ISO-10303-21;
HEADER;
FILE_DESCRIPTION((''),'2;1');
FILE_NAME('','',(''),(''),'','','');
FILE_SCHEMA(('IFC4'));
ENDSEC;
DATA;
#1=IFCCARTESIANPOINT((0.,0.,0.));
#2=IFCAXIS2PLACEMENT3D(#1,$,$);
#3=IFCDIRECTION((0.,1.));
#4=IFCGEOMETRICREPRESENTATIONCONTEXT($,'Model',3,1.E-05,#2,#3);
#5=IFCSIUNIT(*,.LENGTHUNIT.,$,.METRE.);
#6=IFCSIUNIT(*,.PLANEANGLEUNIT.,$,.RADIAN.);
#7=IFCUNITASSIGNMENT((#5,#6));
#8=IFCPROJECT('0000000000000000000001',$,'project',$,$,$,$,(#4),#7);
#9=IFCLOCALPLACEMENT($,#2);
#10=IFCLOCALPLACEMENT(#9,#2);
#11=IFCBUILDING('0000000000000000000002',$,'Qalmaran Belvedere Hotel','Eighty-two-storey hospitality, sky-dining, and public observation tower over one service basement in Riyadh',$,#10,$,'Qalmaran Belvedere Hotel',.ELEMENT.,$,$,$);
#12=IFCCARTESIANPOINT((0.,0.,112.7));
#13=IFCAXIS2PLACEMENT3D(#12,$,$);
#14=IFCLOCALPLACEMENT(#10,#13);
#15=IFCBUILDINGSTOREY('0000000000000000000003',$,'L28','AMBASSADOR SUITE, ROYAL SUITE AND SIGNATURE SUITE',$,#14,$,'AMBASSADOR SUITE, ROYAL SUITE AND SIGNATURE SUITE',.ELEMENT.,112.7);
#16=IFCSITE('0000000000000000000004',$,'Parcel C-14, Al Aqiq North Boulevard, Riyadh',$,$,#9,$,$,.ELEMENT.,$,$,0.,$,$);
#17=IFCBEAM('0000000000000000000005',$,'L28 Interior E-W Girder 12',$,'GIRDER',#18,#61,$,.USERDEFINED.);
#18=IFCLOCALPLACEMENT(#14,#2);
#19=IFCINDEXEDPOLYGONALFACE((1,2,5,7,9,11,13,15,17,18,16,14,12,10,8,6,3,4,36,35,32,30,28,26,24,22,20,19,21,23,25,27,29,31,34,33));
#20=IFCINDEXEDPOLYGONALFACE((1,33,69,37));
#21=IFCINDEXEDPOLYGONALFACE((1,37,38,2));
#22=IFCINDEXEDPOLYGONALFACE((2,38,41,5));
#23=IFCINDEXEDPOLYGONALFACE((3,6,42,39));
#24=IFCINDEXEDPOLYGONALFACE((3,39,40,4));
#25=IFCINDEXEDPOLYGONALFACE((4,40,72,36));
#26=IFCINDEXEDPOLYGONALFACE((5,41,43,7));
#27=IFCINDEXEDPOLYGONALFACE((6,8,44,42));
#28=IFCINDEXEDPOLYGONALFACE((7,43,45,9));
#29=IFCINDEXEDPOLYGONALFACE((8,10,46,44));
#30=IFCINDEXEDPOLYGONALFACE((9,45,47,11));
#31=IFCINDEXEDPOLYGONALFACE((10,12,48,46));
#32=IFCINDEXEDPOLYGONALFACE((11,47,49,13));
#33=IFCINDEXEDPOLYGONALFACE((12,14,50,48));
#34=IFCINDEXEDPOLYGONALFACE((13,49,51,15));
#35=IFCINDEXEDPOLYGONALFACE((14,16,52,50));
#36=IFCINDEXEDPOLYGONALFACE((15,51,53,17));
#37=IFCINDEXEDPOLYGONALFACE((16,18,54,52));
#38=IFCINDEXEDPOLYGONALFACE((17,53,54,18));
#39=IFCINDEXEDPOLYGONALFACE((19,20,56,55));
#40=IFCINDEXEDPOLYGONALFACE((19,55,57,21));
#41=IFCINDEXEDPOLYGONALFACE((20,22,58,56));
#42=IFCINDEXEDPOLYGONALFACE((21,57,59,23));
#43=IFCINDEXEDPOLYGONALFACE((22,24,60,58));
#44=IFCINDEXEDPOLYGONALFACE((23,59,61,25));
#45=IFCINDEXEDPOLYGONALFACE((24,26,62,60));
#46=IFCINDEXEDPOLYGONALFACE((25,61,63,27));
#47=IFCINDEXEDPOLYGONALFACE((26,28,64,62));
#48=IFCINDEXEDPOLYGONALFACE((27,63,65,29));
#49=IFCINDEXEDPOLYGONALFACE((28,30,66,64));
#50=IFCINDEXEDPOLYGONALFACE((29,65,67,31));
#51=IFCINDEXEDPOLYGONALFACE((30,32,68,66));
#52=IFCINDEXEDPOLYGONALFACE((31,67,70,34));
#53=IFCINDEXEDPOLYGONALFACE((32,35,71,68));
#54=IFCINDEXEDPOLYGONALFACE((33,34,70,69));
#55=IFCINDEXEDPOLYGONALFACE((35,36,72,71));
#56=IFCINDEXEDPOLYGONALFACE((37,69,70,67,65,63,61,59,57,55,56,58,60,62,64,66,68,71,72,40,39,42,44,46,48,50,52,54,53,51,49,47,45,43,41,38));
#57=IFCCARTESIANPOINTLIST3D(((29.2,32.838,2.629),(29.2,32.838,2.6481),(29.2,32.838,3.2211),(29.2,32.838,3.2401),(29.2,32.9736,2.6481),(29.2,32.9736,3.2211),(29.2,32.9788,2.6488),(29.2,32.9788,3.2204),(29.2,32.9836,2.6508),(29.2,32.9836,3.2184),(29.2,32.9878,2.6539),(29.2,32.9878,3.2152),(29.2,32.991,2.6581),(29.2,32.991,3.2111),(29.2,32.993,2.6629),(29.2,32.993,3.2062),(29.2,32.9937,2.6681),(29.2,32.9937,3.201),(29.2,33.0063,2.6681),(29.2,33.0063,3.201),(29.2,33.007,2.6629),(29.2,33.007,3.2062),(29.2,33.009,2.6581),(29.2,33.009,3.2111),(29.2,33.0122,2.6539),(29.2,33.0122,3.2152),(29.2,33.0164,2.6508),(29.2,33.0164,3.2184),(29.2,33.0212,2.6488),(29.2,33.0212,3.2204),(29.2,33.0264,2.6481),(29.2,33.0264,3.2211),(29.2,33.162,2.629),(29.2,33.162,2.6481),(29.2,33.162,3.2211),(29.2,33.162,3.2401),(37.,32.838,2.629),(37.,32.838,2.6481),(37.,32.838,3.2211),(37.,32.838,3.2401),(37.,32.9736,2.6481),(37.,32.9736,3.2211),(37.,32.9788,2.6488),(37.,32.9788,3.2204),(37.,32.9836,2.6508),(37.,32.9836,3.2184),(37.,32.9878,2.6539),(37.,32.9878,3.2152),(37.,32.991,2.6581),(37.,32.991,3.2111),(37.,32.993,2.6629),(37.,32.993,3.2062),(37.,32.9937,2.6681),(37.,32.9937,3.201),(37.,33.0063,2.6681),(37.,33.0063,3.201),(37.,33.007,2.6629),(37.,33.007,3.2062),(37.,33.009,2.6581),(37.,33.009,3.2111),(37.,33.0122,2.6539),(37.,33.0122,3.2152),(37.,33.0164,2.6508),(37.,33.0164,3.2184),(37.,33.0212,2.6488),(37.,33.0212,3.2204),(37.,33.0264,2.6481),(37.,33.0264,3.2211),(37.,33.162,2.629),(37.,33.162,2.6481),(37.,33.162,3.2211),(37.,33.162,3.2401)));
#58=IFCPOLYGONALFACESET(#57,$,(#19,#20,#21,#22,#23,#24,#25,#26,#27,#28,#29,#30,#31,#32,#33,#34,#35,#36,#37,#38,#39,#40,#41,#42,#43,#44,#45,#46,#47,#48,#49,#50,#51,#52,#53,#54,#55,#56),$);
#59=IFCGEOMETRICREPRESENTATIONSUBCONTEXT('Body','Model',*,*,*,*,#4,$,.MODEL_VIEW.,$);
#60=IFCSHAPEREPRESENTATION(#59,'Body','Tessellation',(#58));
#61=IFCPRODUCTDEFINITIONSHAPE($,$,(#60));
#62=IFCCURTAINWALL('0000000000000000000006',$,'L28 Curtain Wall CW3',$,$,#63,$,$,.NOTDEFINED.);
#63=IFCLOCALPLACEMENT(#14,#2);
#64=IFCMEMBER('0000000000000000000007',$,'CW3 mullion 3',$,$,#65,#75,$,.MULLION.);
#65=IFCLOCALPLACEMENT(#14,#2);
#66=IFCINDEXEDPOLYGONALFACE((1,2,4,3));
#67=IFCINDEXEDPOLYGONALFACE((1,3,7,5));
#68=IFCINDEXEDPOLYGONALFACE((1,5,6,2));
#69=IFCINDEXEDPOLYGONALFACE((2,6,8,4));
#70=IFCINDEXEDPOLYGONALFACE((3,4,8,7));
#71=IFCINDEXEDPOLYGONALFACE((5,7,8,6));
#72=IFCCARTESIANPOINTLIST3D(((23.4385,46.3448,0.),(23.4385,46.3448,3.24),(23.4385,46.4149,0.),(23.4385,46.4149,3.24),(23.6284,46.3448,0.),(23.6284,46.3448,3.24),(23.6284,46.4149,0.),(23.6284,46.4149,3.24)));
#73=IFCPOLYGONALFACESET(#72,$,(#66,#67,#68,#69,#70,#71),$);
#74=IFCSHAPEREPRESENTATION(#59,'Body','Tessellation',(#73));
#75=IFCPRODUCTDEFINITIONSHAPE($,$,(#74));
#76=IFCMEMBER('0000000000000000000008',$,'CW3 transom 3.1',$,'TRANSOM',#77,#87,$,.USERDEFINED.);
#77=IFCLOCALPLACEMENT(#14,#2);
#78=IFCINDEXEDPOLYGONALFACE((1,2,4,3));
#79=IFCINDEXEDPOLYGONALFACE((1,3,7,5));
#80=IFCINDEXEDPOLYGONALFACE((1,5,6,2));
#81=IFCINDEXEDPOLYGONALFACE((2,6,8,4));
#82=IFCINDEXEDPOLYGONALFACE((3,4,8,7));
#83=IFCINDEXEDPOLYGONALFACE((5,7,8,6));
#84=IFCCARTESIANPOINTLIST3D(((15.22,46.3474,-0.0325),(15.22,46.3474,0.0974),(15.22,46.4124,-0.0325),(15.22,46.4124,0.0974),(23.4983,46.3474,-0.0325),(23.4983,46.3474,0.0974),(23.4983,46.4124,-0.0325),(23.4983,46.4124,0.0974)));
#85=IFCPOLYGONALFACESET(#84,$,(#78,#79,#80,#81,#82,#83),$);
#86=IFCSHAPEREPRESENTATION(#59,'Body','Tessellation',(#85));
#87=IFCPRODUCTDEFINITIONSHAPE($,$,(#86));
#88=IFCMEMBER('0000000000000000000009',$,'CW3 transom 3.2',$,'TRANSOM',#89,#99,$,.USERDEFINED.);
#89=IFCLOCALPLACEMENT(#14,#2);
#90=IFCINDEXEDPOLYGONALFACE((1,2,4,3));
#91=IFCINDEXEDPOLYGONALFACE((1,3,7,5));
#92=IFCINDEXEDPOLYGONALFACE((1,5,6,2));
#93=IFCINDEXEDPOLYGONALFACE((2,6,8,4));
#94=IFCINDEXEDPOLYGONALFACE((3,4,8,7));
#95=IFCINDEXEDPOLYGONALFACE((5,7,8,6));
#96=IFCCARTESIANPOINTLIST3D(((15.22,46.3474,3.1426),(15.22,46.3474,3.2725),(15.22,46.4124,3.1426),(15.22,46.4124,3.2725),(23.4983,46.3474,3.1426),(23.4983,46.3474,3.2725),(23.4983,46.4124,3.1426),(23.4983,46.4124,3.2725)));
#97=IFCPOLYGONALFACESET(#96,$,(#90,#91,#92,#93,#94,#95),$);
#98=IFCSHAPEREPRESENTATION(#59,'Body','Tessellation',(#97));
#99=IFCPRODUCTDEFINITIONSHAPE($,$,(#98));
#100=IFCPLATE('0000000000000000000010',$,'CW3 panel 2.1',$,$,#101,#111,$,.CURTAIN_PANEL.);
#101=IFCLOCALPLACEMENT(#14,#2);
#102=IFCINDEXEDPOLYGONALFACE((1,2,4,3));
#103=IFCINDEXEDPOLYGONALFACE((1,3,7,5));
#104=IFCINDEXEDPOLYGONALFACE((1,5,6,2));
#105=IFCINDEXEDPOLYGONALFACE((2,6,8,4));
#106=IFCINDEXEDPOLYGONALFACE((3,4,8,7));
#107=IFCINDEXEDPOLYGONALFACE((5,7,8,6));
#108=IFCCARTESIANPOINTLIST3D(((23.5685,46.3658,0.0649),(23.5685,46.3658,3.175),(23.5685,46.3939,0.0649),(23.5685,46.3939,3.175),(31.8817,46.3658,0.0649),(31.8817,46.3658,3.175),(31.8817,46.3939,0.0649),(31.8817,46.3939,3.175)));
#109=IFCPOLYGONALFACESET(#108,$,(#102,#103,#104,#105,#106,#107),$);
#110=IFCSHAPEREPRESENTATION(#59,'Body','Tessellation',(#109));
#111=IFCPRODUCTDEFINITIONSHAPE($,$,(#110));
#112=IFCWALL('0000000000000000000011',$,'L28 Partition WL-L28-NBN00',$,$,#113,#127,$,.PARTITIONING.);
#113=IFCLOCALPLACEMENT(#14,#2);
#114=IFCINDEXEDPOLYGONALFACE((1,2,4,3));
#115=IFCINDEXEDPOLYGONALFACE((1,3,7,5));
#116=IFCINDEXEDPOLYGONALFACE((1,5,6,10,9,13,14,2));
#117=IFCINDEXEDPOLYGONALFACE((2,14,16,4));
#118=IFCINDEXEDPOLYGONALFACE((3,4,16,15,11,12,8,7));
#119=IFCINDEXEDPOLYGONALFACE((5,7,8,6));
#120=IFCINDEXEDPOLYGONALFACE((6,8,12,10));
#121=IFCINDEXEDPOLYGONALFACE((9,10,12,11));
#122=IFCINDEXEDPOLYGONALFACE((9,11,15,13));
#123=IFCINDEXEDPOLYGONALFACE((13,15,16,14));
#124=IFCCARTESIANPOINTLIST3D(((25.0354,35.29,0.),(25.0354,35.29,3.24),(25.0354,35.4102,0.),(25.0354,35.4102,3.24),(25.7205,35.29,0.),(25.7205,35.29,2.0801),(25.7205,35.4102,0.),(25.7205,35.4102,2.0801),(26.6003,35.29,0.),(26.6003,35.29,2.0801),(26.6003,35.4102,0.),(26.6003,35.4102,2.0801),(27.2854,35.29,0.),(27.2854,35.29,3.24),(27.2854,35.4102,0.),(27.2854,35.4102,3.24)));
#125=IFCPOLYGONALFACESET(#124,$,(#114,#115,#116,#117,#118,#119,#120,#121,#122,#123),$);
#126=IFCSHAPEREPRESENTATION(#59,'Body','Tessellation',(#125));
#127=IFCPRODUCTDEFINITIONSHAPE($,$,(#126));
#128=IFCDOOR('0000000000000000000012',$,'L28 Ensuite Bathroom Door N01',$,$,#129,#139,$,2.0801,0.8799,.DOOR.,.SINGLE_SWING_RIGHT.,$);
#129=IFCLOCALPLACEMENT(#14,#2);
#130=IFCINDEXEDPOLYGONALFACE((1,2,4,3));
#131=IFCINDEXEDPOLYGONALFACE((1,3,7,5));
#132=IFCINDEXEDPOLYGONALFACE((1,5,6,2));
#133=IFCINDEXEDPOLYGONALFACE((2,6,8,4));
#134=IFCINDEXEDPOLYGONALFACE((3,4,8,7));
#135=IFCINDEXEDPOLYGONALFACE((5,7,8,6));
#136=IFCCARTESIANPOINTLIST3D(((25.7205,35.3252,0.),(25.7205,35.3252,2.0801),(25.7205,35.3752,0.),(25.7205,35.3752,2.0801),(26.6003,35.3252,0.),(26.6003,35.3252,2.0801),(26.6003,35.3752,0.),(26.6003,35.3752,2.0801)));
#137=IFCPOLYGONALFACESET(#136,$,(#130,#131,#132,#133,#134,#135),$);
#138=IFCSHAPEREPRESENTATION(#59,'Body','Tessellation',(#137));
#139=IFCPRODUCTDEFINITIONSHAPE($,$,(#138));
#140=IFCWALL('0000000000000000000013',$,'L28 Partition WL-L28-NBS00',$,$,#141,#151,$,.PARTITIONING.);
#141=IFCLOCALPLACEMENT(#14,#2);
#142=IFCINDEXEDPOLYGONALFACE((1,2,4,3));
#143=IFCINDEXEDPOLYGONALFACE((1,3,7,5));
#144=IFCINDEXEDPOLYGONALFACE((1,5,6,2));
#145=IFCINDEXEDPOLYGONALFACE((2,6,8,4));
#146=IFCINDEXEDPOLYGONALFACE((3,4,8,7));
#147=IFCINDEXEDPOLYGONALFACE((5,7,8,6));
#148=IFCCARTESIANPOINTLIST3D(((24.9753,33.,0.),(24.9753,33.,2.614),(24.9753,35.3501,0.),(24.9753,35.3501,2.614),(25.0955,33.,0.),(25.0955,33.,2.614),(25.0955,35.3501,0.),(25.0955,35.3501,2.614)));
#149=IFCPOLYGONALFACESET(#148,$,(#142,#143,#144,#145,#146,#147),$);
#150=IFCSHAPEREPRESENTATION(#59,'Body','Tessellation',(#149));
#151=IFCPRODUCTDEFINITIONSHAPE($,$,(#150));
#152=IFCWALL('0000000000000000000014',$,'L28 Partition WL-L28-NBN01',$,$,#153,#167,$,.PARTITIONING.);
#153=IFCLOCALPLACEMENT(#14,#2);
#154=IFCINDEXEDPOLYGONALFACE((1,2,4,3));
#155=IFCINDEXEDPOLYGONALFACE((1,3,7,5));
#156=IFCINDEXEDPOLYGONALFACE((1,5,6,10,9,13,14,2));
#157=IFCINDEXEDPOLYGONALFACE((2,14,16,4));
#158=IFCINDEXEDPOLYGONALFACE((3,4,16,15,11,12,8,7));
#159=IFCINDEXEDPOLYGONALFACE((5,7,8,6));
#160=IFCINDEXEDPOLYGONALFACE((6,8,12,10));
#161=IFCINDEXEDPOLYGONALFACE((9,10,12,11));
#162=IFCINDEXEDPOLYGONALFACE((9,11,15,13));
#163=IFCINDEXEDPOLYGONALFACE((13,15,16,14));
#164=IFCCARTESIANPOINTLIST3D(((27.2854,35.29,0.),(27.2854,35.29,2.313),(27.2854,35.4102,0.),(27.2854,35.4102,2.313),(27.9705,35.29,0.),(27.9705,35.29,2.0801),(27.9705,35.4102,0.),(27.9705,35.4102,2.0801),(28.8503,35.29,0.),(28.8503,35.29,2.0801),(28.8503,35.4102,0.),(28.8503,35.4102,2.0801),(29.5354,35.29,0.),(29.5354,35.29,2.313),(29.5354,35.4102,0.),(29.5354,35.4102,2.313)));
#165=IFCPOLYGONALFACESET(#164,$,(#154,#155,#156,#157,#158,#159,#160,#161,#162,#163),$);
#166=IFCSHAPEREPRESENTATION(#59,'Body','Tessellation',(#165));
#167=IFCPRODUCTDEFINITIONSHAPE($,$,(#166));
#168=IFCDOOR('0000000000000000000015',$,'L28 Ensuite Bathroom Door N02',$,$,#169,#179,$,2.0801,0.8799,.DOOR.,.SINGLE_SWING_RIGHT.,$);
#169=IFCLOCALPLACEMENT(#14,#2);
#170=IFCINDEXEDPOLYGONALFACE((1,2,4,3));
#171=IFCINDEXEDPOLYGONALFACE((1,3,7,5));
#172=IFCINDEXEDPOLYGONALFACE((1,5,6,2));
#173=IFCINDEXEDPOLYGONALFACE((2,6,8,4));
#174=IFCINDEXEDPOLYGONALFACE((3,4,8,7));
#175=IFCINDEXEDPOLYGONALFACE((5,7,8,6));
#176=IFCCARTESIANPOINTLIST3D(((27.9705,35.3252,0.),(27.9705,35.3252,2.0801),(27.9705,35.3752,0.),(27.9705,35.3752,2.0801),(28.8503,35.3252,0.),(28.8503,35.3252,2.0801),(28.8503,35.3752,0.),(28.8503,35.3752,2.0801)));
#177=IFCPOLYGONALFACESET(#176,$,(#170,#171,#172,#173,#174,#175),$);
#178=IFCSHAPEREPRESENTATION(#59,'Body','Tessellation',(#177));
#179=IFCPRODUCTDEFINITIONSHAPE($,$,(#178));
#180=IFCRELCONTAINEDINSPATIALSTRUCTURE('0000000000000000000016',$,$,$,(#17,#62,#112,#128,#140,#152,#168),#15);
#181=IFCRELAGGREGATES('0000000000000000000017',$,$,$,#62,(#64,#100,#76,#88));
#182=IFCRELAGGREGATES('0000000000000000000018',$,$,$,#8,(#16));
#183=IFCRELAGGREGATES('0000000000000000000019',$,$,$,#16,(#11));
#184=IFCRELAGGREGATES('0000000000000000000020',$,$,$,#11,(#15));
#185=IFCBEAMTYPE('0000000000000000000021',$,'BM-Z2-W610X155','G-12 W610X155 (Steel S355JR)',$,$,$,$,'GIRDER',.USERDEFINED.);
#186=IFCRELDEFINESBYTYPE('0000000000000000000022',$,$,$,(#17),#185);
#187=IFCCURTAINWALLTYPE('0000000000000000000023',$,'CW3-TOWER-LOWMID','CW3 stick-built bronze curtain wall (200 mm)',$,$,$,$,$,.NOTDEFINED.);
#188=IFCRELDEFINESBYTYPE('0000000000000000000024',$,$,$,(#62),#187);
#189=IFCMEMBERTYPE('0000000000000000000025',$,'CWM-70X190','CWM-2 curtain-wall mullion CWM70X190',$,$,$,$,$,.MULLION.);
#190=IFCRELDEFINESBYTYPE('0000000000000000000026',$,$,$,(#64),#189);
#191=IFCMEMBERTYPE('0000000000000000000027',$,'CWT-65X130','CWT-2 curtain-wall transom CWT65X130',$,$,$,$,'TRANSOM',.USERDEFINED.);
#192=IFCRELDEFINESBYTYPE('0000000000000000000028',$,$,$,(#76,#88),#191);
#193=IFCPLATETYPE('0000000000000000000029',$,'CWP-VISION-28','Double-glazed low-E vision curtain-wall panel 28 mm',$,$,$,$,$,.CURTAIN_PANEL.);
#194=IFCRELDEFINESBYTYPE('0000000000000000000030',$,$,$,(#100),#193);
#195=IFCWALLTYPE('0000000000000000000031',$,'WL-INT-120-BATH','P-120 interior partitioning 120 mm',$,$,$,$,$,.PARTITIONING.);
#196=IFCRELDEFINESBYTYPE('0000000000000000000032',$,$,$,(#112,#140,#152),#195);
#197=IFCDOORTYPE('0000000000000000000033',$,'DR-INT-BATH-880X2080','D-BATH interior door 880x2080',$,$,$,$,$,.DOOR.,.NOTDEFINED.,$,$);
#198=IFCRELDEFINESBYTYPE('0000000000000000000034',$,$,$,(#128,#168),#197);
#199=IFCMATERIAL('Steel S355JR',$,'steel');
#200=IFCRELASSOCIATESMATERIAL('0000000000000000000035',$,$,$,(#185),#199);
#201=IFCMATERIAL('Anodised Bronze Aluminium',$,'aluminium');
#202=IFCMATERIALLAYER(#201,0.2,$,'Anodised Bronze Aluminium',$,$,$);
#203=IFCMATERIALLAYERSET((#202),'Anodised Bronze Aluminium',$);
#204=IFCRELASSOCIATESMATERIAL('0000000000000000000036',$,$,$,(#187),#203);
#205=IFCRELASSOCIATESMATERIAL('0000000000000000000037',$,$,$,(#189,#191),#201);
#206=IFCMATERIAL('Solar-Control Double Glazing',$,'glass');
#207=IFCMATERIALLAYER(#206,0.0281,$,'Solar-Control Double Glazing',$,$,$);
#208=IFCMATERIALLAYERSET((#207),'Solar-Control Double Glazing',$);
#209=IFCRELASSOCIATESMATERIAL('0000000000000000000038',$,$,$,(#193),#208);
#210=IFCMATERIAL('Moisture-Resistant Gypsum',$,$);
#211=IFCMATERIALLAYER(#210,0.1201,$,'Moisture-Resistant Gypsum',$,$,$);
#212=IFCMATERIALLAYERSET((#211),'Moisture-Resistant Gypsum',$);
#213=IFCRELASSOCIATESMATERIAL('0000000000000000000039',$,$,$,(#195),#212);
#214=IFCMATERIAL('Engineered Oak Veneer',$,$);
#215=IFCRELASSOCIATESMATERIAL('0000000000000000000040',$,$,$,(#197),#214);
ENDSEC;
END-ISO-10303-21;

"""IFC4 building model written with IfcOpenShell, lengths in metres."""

from ifc_helpers import new_model, si_unit, direction, frame, frame_2d, origin, origin_2d, place, context, subcontext, project, spatial, rectangle, i_section, extrude, material, layer, layer_set, material_profile, profile_set, type_object, element, fill, aggregate, save


model = new_model("IFC4")

# Units and contexts
model_context = context("Model", 3, precision=1e-05, world=origin(), true_north=direction((0.0, 1.0)))
body_context = subcontext(model_context, "Body", "Model", "MODEL_VIEW")
ifc_project = project(units=[si_unit("LENGTHUNIT", "METRE"), si_unit("PLANEANGLEUNIT", "RADIAN")], contexts=[model_context])

# Site, building, storey
site_placement = place(None, origin())
site = spatial("IfcSite", under=ifc_project, at=site_placement, Name="Parcel C-14, Al Aqiq North Boulevard, Riyadh", CompositionType="ELEMENT", RefElevation=0.0)
building_placement = place(site_placement, origin())
building = spatial("IfcBuilding", under=site, at=building_placement, Name="Qalmaran Belvedere Hotel", Description="Eighty-two-storey hospitality, sky-dining, and public observation tower over one service basement in Riyadh", LongName="Qalmaran Belvedere Hotel", CompositionType="ELEMENT")
storey_placement = place(building_placement, frame((0.0, 0.0, 112.7)))
storey = spatial("IfcBuildingStorey", under=building, at=storey_placement, Name="L28", Description="AMBASSADOR SUITE, ROYAL SUITE AND SIGNATURE SUITE", LongName="AMBASSADOR SUITE, ROYAL SUITE AND SIGNATURE SUITE", CompositionType="ELEMENT", Elevation=112.7)

# Beam
ifc_material_1 = material(Name="Steel S355JR", Category="steel")
ifc_material_profile_1 = material_profile(ifc_material_1, i_section(OverallWidth=0.324, OverallDepth=0.6111, WebThickness=0.0127, FlangeThickness=0.019, FilletRadius=0.02, at=origin_2d()), Name="W610X155")
ifc_profile_set_1 = profile_set([ifc_material_profile_1], Name="Steel S355JR")
beam_type_1 = type_object("IfcBeamType", Name="BM-Z2-W610X155", Description="G-12 W610X155 (Steel S355JR)", ElementType="GIRDER", PredefinedType="USERDEFINED", material=ifc_profile_set_1)
beam_1_placement = place(storey_placement, frame((29.2, 33.0, 2.9346), z_axis=(1.0, 0.0, 0.0), x_axis=(0.0, 1.0, 0.0)))
element("IfcBeam", 1, at=beam_1_placement, inside=storey, type_object=beam_type_1, Name="L28 Interior E-W Girder 12", ObjectType="GIRDER", PredefinedType="USERDEFINED", context=body_context, shape_type="SweptSolid", body=[
    extrude(i_section(OverallWidth=0.324, OverallDepth=0.6111, WebThickness=0.0127, FlangeThickness=0.019, FilletRadius=0.02, at=origin_2d()), origin(), (0.0, 0.0, 1.0), 7.8),
])

# Curtain wall, members, plate
ifc_material_2 = material(Name="Anodised Bronze Aluminium", Category="aluminium")
ifc_layer_1 = layer(ifc_material_2, 0.2, Name="Anodised Bronze Aluminium")
ifc_layer_set_1 = layer_set([ifc_layer_1], Name="Anodised Bronze Aluminium")
curtain_wall_type = type_object("IfcCurtainWallType", Name="CW3-TOWER-LOWMID", Description="CW3 stick-built bronze curtain wall (200 mm)", PredefinedType="NOTDEFINED", material=ifc_layer_set_1)
curtain_wall_placement = place(storey_placement, origin())
curtain_wall = element("IfcCurtainWall", 2, at=curtain_wall_placement, inside=storey, type_object=curtain_wall_type, Name="L28 Curtain Wall CW3", PredefinedType="NOTDEFINED")
ifc_material_profile_2 = material_profile(ifc_material_2, rectangle(XDim=0.0701, YDim=0.1899, at=origin_2d()), Name="CWM70X190")
ifc_profile_set_2 = profile_set([ifc_material_profile_2], Name="Anodised Bronze Aluminium")
member_type_1 = type_object("IfcMemberType", Name="CWM-70X190", Description="CWM-2 curtain-wall mullion CWM70X190", PredefinedType="MULLION", material=ifc_profile_set_2)
member_1_placement = place(storey_placement, frame((23.5334, 46.3799, 0.0), z_axis=(0.0, 0.0, 1.0), x_axis=(0.0, -1.0, 0.0)))
member_1 = element("IfcMember", 3, at=member_1_placement, type_object=member_type_1, Name="CW3 mullion 3", PredefinedType="MULLION", context=body_context, shape_type="SweptSolid", body=[
    extrude(rectangle(XDim=0.0701, YDim=0.1899, at=origin_2d()), origin(), (0.0, 0.0, 1.0), 3.24),
])
ifc_material_profile_3 = material_profile(ifc_material_2, rectangle(XDim=0.0649, YDim=0.1299, at=origin_2d()), Name="CWT65X130")
ifc_profile_set_3 = profile_set([ifc_material_profile_3], Name="Anodised Bronze Aluminium")
member_type_2 = type_object("IfcMemberType", Name="CWT-65X130", Description="CWT-2 curtain-wall transom CWT65X130", ElementType="TRANSOM", PredefinedType="USERDEFINED", material=ifc_profile_set_3)
member_2_placement = place(storey_placement, frame((23.4983, 46.3799, 0.0325), z_axis=(-1.0, 0.0, 0.0), x_axis=(0.0, -1.0, 0.0)))
member_2 = element("IfcMember", 4, at=member_2_placement, type_object=member_type_2, Name="CW3 transom 3.1", ObjectType="TRANSOM", PredefinedType="USERDEFINED", context=body_context, shape_type="SweptSolid", body=[
    extrude(rectangle(XDim=0.0649, YDim=0.1299, at=origin_2d()), origin(), (0.0, 0.0, 1.0), 8.2783),
])
member_3_placement = place(storey_placement, frame((23.4983, 46.3799, 3.2075), z_axis=(-1.0, 0.0, 0.0), x_axis=(0.0, -1.0, 0.0)))
member_3 = element("IfcMember", 5, at=member_3_placement, type_object=member_type_2, Name="CW3 transom 3.2", ObjectType="TRANSOM", PredefinedType="USERDEFINED", context=body_context, shape_type="SweptSolid", body=[
    extrude(rectangle(XDim=0.0649, YDim=0.1299, at=origin_2d()), origin(), (0.0, 0.0, 1.0), 8.2783),
])
ifc_material_3 = material(Name="Solar-Control Double Glazing", Category="glass")
ifc_layer_2 = layer(ifc_material_3, 0.0281, Name="Solar-Control Double Glazing")
ifc_layer_set_2 = layer_set([ifc_layer_2], Name="Solar-Control Double Glazing")
plate_type = type_object("IfcPlateType", Name="CWP-VISION-28", Description="Double-glazed low-E vision curtain-wall panel 28 mm", PredefinedType="CURTAIN_PANEL", material=ifc_layer_set_2)
plate_placement = place(storey_placement, frame((27.7251, 46.3799, 0.0649), z_axis=(0.0, 0.0, 1.0), x_axis=(-1.0, 0.0, 0.0)))
plate = element("IfcPlate", 6, at=plate_placement, type_object=plate_type, Name="CW3 panel 2.1", PredefinedType="CURTAIN_PANEL", context=body_context, shape_type="SweptSolid", body=[
    extrude(rectangle(XDim=8.3132, YDim=0.0281, at=origin_2d()), origin(), (0.0, 0.0, 1.0), 3.1101),
])
aggregate(curtain_wall, [member_1, plate, member_2, member_3])

# Wall, opening, door
ifc_material_4 = material(Name="Moisture-Resistant Gypsum")
ifc_layer_3 = layer(ifc_material_4, 0.1201, Name="Moisture-Resistant Gypsum")
ifc_layer_set_3 = layer_set([ifc_layer_3], Name="Moisture-Resistant Gypsum")
wall_type_1 = type_object("IfcWallType", Name="WL-INT-120-BATH", Description="P-120 interior partitioning 120 mm", PredefinedType="PARTITIONING", material=ifc_layer_set_3)
wall_1_placement = place(storey_placement, frame((25.0354, 35.3501, 0.0), z_axis=(0.0, 0.0, 1.0), x_axis=(1.0, 0.0, 0.0)))
wall_1 = element("IfcWall", 7, at=wall_1_placement, inside=storey, type_object=wall_type_1, Name="L28 Partition WL-L28-NBN00", PredefinedType="PARTITIONING", context=body_context, shape_type="SweptSolid", body=[
    extrude(rectangle(XDim=2.25, YDim=0.1201, at=frame_2d((1.125, 0.0))), origin(), (0.0, 0.0, 1.0), 3.24),
])
opening_1_placement = place(wall_1_placement, frame((1.5649, 0.0, 0.0), z_axis=(0.0, 0.0, 1.0), x_axis=(-1.0, 0.0, 0.0)))
opening_1 = element("IfcOpeningElement", 8, at=opening_1_placement, cuts=wall_1, PredefinedType="OPENING", context=body_context, shape_type="SweptSolid", body=[
    extrude(rectangle(XDim=0.8799, YDim=2.0801, at=frame_2d((0.4399, 1.04))), frame((0.0, 0.0701, 0.0), z_axis=(0.0, -1.0, 0.0), x_axis=(1.0, 0.0, 0.0)), (0.0, 0.0, 1.0), 0.1401),
])
ifc_material_5 = material(Name="Engineered Oak Veneer")
door_type = type_object("IfcDoorType", Name="DR-INT-BATH-880X2080", Description="D-BATH interior door 880x2080", OperationType="NOTDEFINED", PredefinedType="DOOR", material=ifc_material_5)
door_1_placement = place(opening_1_placement, origin())
door_1 = element("IfcDoor", 9, at=door_1_placement, inside=storey, type_object=door_type, Name="L28 Ensuite Bathroom Door N01", OperationType="SINGLE_SWING_RIGHT", OverallHeight=2.0801, OverallWidth=0.8799, PredefinedType="DOOR", context=body_context, shape_type="SweptSolid", body=[
    extrude(rectangle(XDim=0.8799, YDim=2.0801, at=frame_2d((0.4399, 1.04))), frame((0.0, 0.0249, 0.0), z_axis=(0.0, -1.0, 0.0), x_axis=(1.0, 0.0, 0.0)), (0.0, 0.0, 1.0), 0.05),
])
fill(opening_1, door_1)

# Wall
wall_2_placement = place(storey_placement, frame((25.0354, 33.0, 0.0), z_axis=(0.0, 0.0, 1.0), x_axis=(0.0, 1.0, 0.0)))
element("IfcWall", 10, at=wall_2_placement, inside=storey, type_object=wall_type_1, Name="L28 Partition WL-L28-NBS00", PredefinedType="PARTITIONING", context=body_context, shape_type="SweptSolid", body=[
    extrude(rectangle(XDim=2.3501, YDim=0.1201, at=frame_2d((1.175, 0.0))), origin(), (0.0, 0.0, 1.0), 2.614),
])

# Wall, opening, door
wall_3_placement = place(storey_placement, frame((27.2854, 35.3501, 0.0), z_axis=(0.0, 0.0, 1.0), x_axis=(1.0, 0.0, 0.0)))
wall_3 = element("IfcWall", 11, at=wall_3_placement, inside=storey, type_object=wall_type_1, Name="L28 Partition WL-L28-NBN01", PredefinedType="PARTITIONING", context=body_context, shape_type="SweptSolid", body=[
    extrude(rectangle(XDim=2.25, YDim=0.1201, at=frame_2d((1.125, 0.0))), origin(), (0.0, 0.0, 1.0), 2.313),
])
opening_2_placement = place(wall_3_placement, frame((1.5649, 0.0, 0.0), z_axis=(0.0, 0.0, 1.0), x_axis=(-1.0, 0.0, 0.0)))
opening_2 = element("IfcOpeningElement", 12, at=opening_2_placement, cuts=wall_3, PredefinedType="OPENING", context=body_context, shape_type="SweptSolid", body=[
    extrude(rectangle(XDim=0.8799, YDim=2.0801, at=frame_2d((0.4399, 1.04))), frame((0.0, 0.0701, 0.0), z_axis=(0.0, -1.0, 0.0), x_axis=(1.0, 0.0, 0.0)), (0.0, 0.0, 1.0), 0.1401),
])
door_2_placement = place(opening_2_placement, origin())
door_2 = element("IfcDoor", 13, at=door_2_placement, inside=storey, type_object=door_type, Name="L28 Ensuite Bathroom Door N02", OperationType="SINGLE_SWING_RIGHT", OverallHeight=2.0801, OverallWidth=0.8799, PredefinedType="DOOR", context=body_context, shape_type="SweptSolid", body=[
    extrude(rectangle(XDim=0.8799, YDim=2.0801, at=frame_2d((0.4399, 1.04))), frame((0.0, 0.0249, 0.0), z_axis=(0.0, -1.0, 0.0), x_axis=(1.0, 0.0, 0.0)), (0.0, 0.0, 1.0), 0.05),
])
fill(opening_2, door_2)

save(model, "model.ifc")
